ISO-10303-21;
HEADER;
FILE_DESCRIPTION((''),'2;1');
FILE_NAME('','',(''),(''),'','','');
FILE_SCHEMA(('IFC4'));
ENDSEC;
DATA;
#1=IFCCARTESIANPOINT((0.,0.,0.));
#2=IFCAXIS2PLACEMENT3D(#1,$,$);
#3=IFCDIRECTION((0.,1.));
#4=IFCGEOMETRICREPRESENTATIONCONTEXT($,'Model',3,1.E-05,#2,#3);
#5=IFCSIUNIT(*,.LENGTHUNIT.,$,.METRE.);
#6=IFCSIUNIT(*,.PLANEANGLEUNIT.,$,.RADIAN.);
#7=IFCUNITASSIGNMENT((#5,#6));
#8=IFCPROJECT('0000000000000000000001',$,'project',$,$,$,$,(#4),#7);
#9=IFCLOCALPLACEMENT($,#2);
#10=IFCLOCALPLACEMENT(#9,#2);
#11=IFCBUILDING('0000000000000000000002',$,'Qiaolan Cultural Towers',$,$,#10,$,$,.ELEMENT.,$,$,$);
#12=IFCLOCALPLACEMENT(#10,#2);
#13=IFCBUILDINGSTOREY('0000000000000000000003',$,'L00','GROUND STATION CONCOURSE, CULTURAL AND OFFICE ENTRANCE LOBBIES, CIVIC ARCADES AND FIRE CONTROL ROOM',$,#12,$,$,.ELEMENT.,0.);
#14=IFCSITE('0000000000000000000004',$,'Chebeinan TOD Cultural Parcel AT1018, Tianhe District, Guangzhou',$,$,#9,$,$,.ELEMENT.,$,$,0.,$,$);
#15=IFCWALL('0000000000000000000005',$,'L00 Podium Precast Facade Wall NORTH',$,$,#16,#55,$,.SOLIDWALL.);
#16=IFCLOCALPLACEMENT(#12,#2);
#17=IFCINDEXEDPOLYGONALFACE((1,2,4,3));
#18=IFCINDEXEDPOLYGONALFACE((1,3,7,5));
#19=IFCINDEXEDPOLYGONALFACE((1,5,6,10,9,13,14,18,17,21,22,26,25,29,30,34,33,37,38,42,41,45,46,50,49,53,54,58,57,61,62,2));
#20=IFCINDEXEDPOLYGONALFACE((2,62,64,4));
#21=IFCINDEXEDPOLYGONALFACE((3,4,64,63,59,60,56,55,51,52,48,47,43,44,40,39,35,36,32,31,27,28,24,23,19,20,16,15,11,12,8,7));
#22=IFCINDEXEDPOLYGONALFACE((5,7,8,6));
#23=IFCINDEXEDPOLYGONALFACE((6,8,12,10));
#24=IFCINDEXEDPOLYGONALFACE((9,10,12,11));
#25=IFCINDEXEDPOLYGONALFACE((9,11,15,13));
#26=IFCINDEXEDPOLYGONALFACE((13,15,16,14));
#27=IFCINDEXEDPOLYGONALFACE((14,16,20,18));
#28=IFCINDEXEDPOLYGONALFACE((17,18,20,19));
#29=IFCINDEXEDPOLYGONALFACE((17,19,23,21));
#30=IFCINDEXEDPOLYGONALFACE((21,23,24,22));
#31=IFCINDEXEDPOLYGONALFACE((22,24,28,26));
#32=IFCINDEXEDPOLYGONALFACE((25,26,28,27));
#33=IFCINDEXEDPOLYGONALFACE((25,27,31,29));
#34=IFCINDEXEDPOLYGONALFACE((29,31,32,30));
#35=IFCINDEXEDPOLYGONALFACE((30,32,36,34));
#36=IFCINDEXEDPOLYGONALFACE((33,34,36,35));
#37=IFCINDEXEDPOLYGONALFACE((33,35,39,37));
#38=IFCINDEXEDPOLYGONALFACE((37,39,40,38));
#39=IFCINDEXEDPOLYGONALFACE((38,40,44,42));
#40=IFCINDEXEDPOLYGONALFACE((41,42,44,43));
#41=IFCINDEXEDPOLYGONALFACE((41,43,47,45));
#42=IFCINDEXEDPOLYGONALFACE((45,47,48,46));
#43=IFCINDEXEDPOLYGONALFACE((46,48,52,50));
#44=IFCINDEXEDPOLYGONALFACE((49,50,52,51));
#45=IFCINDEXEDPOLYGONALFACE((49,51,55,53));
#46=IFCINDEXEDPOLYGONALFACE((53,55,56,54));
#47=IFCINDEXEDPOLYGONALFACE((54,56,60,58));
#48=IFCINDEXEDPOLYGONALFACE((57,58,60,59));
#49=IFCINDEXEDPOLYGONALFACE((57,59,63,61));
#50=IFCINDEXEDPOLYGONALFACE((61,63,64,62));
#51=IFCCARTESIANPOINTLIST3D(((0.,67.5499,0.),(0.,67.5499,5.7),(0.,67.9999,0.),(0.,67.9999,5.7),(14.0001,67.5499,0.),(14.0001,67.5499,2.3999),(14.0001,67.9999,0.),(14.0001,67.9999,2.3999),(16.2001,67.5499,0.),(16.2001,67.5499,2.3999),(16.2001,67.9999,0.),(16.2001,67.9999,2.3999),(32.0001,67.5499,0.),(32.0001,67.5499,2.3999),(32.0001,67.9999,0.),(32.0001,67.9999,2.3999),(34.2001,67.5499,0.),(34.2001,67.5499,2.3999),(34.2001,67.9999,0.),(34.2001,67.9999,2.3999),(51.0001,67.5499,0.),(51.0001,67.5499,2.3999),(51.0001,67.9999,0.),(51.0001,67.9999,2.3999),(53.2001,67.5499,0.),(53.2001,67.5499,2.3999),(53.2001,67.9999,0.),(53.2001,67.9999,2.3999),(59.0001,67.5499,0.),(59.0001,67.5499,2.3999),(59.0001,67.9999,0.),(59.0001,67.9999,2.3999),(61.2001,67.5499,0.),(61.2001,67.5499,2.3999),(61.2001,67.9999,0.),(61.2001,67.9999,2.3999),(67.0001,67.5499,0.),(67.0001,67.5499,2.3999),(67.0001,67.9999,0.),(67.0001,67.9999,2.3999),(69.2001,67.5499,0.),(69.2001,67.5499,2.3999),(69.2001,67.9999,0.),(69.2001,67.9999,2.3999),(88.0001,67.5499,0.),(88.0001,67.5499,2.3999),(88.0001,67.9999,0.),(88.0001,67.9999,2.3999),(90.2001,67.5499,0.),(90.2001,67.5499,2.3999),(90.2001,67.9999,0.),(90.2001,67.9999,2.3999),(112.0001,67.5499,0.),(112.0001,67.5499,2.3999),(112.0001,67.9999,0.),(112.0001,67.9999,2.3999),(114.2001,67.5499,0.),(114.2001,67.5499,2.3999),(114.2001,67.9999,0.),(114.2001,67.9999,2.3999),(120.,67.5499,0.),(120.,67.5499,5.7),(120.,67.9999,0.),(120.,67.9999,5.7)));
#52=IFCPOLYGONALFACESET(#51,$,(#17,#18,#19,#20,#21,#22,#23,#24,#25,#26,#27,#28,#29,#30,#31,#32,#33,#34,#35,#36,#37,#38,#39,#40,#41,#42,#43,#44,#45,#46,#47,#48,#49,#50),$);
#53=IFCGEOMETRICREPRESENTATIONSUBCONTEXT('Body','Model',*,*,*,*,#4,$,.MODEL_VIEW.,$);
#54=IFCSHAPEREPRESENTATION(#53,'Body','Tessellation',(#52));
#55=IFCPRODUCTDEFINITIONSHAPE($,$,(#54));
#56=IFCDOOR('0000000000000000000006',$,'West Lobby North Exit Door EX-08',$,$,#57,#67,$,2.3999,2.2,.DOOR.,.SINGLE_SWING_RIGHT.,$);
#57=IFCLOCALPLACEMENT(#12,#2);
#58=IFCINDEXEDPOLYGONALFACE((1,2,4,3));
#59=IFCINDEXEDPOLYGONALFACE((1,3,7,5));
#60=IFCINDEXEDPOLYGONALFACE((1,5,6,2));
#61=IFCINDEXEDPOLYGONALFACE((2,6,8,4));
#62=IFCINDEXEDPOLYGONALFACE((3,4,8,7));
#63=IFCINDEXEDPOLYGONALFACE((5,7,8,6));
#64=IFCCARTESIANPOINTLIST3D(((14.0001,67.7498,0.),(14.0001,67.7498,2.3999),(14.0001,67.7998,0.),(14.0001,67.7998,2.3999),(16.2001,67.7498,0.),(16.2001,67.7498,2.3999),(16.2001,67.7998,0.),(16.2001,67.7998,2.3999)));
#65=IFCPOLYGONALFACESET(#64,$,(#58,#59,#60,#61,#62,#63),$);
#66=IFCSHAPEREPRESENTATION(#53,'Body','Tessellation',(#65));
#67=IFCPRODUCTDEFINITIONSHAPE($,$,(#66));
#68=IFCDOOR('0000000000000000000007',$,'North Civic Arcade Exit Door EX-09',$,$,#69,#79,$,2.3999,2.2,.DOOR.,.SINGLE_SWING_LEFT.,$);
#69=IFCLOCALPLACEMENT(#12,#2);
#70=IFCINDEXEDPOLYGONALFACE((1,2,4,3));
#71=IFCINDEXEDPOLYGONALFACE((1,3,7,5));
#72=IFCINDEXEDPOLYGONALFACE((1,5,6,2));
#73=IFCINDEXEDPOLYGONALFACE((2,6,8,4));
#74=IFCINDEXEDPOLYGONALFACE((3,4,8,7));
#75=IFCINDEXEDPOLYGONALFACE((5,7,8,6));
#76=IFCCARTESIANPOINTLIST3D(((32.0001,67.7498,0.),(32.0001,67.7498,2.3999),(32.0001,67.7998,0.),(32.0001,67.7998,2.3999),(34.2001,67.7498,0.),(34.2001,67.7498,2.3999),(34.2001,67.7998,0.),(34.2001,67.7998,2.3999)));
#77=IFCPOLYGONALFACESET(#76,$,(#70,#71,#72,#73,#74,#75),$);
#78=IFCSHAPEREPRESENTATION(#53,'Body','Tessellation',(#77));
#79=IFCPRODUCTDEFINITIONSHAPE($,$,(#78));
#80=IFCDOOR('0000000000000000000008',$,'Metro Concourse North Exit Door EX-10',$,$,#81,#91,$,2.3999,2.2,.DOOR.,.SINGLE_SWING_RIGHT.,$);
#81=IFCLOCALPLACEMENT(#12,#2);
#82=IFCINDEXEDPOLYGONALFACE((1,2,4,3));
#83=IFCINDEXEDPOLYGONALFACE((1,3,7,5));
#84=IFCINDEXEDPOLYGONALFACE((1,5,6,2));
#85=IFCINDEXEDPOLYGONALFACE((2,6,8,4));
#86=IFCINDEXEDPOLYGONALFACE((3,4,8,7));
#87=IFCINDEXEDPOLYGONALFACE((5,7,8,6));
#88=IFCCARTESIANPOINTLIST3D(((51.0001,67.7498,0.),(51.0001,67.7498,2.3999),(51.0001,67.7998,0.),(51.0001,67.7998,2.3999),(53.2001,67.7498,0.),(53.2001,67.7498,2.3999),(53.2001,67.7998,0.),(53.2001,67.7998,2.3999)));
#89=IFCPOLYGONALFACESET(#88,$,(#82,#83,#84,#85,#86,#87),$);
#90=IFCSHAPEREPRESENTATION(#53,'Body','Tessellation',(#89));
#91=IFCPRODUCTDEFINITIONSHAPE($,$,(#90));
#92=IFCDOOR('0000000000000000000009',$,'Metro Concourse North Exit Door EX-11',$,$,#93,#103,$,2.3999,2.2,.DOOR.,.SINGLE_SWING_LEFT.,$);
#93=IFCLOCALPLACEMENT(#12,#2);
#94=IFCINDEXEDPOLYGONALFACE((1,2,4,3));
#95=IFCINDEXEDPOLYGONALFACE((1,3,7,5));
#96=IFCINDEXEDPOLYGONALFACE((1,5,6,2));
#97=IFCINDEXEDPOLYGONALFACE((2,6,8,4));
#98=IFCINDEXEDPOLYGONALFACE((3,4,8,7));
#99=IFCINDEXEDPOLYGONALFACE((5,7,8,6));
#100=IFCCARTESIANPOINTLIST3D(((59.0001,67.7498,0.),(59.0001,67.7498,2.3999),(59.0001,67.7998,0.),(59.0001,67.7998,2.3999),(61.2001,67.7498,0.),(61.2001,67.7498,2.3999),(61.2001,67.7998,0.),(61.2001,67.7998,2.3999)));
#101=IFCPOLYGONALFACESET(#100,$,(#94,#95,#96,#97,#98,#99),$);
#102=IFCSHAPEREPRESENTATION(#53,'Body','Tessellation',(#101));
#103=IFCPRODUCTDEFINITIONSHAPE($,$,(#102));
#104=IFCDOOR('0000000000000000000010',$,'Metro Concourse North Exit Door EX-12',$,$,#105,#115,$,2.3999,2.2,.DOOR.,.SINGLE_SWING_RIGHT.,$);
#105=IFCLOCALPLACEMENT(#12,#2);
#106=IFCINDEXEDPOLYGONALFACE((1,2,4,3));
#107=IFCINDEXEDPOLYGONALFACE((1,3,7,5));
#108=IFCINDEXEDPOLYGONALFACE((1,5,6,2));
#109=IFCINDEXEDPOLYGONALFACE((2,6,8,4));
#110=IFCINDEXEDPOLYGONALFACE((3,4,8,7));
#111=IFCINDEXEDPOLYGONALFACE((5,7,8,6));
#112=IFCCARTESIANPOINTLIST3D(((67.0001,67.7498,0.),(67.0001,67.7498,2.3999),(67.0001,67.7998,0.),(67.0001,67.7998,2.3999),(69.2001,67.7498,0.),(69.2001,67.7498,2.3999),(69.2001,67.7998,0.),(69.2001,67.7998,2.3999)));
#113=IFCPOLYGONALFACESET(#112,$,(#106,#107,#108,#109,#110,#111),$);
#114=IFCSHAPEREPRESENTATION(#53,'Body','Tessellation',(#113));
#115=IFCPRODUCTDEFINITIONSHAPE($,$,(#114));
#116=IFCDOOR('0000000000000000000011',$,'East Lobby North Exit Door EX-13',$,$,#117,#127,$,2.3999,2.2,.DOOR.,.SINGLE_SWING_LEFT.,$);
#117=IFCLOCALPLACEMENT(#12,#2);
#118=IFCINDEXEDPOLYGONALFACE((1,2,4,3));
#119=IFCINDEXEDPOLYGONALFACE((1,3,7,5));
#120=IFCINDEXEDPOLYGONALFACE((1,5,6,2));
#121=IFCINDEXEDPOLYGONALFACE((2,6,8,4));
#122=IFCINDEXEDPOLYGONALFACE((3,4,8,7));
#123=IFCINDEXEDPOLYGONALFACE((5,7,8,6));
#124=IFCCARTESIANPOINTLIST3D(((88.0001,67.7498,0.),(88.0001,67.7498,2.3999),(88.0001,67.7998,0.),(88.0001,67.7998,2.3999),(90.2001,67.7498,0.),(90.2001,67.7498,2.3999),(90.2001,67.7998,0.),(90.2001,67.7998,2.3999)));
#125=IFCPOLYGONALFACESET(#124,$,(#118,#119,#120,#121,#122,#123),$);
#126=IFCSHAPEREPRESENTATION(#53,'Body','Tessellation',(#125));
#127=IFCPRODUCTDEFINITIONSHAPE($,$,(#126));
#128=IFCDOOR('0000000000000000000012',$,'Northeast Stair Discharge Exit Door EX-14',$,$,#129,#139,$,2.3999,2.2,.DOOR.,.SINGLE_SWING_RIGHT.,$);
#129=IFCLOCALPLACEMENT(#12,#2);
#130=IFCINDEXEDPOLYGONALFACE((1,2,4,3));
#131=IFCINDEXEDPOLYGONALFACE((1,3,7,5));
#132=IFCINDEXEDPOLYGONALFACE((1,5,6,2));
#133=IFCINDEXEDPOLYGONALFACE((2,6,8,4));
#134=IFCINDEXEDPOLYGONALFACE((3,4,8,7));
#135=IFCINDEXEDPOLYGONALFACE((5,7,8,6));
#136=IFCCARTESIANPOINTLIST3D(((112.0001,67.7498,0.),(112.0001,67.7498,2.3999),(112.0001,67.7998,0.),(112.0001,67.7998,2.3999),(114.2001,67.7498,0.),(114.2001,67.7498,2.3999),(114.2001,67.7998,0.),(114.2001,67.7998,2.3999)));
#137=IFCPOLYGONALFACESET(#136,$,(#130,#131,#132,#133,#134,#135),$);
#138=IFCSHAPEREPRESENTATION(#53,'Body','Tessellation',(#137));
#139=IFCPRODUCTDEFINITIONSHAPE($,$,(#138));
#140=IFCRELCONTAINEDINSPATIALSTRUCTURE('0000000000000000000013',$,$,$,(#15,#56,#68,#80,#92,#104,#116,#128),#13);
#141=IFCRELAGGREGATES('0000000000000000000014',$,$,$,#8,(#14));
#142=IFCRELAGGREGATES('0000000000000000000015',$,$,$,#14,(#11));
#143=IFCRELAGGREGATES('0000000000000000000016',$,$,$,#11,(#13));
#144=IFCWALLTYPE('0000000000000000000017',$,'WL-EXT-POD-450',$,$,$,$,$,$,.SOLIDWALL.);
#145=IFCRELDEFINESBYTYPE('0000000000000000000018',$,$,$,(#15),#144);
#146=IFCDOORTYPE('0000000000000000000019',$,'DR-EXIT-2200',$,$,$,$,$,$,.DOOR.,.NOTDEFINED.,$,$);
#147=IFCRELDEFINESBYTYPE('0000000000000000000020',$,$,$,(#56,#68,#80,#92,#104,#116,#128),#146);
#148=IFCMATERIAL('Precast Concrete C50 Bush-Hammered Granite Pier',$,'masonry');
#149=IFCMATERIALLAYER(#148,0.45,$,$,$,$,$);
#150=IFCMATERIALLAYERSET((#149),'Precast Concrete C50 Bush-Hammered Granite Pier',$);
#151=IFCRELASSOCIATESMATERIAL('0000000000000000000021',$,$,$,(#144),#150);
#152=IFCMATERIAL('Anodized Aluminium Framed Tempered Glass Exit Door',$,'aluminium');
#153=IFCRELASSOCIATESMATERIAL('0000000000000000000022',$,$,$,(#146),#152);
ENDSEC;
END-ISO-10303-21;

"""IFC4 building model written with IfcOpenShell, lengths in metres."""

from ifc_helpers import new_model, si_unit, direction, frame, frame_2d, origin, place, context, subcontext, project, spatial, rectangle, extrude, material, layer, layer_set, type_object, element, fill, save


model = new_model("IFC4")

# Units and contexts
model_context = context("Model", 3, precision=1e-05, world=origin(), true_north=direction((0.0, 1.0)))
body_context = subcontext(model_context, "Body", "Model", "MODEL_VIEW")
ifc_project = project(units=[si_unit("LENGTHUNIT", "METRE"), si_unit("PLANEANGLEUNIT", "RADIAN")], contexts=[model_context])

# Site, building, storey
site_placement = place(None, origin())
site = spatial("IfcSite", under=ifc_project, at=site_placement, Name="Chebeinan TOD Cultural Parcel AT1018, Tianhe District, Guangzhou", CompositionType="ELEMENT", RefElevation=0.0)
building_placement = place(site_placement, origin())
building = spatial("IfcBuilding", under=site, at=building_placement, Name="Qiaolan Cultural Towers", CompositionType="ELEMENT")
storey_placement = place(building_placement, origin())
storey = spatial("IfcBuildingStorey", under=building, at=storey_placement, Name="L00", Description="GROUND STATION CONCOURSE, CULTURAL AND OFFICE ENTRANCE LOBBIES, CIVIC ARCADES AND FIRE CONTROL ROOM", CompositionType="ELEMENT", Elevation=0.0)

# Wall, openings, doors
ifc_material_1 = material(Name="Precast Concrete C50 Bush-Hammered Granite Pier", Category="masonry")
ifc_layer_1 = layer(ifc_material_1, 0.45)
ifc_layer_set_1 = layer_set([ifc_layer_1], Name="Precast Concrete C50 Bush-Hammered Granite Pier")
wall_type_1 = type_object("IfcWallType", Name="WL-EXT-POD-450", PredefinedType="SOLIDWALL", material=ifc_layer_set_1)
wall_1_placement = place(storey_placement, frame((0.0, 67.7749, 0.0), z_axis=(0.0, 0.0, 1.0), x_axis=(1.0, 0.0, 0.0)))
wall_1 = element("IfcWall", 1, at=wall_1_placement, inside=storey, type_object=wall_type_1, Name="L00 Podium Precast Facade Wall NORTH", PredefinedType="SOLIDWALL", context=body_context, shape_type="SweptSolid", body=[
    extrude(rectangle(XDim=120.0, YDim=0.45, at=frame_2d((60.0, 0.0))), origin(), (0.0, 0.0, 1.0), 5.7),
])
opening_1_placement = place(wall_1_placement, frame((14.0, 0.0, 0.0)))
opening_1 = element("IfcOpeningElement", 2, at=opening_1_placement, cuts=wall_1, PredefinedType="OPENING", context=body_context, shape_type="SweptSolid", body=[
    extrude(rectangle(XDim=2.2, YDim=2.3999, at=frame_2d((1.1001, 1.2))), frame((0.0, 0.2349, 0.0), z_axis=(0.0, -1.0, 0.0), x_axis=(1.0, 0.0, 0.0)), (0.0, 0.0, 1.0), 0.47),
])
opening_2_placement = place(wall_1_placement, frame((32.0, 0.0, 0.0)))
opening_2 = element("IfcOpeningElement", 3, at=opening_2_placement, cuts=wall_1, PredefinedType="OPENING", context=body_context, shape_type="SweptSolid", body=[
    extrude(rectangle(XDim=2.2, YDim=2.3999, at=frame_2d((1.1001, 1.2))), frame((0.0, 0.2349, 0.0), z_axis=(0.0, -1.0, 0.0), x_axis=(1.0, 0.0, 0.0)), (0.0, 0.0, 1.0), 0.47),
])
opening_3_placement = place(wall_1_placement, frame((51.0, 0.0, 0.0)))
opening_3 = element("IfcOpeningElement", 4, at=opening_3_placement, cuts=wall_1, PredefinedType="OPENING", context=body_context, shape_type="SweptSolid", body=[
    extrude(rectangle(XDim=2.2, YDim=2.3999, at=frame_2d((1.1001, 1.2))), frame((0.0, 0.2349, 0.0), z_axis=(0.0, -1.0, 0.0), x_axis=(1.0, 0.0, 0.0)), (0.0, 0.0, 1.0), 0.47),
])
opening_4_placement = place(wall_1_placement, frame((59.0, 0.0, 0.0)))
opening_4 = element("IfcOpeningElement", 5, at=opening_4_placement, cuts=wall_1, PredefinedType="OPENING", context=body_context, shape_type="SweptSolid", body=[
    extrude(rectangle(XDim=2.2, YDim=2.3999, at=frame_2d((1.1001, 1.2))), frame((0.0, 0.2349, 0.0), z_axis=(0.0, -1.0, 0.0), x_axis=(1.0, 0.0, 0.0)), (0.0, 0.0, 1.0), 0.47),
])
opening_5_placement = place(wall_1_placement, frame((67.0, 0.0, 0.0)))
opening_5 = element("IfcOpeningElement", 6, at=opening_5_placement, cuts=wall_1, PredefinedType="OPENING", context=body_context, shape_type="SweptSolid", body=[
    extrude(rectangle(XDim=2.2, YDim=2.3999, at=frame_2d((1.1001, 1.2))), frame((0.0, 0.2349, 0.0), z_axis=(0.0, -1.0, 0.0), x_axis=(1.0, 0.0, 0.0)), (0.0, 0.0, 1.0), 0.47),
])
opening_6_placement = place(wall_1_placement, frame((88.0, 0.0, 0.0)))
opening_6 = element("IfcOpeningElement", 7, at=opening_6_placement, cuts=wall_1, PredefinedType="OPENING", context=body_context, shape_type="SweptSolid", body=[
    extrude(rectangle(XDim=2.2, YDim=2.3999, at=frame_2d((1.1001, 1.2))), frame((0.0, 0.2349, 0.0), z_axis=(0.0, -1.0, 0.0), x_axis=(1.0, 0.0, 0.0)), (0.0, 0.0, 1.0), 0.47),
])
opening_7_placement = place(wall_1_placement, frame((112.0, 0.0, 0.0)))
opening_7 = element("IfcOpeningElement", 8, at=opening_7_placement, cuts=wall_1, PredefinedType="OPENING", context=body_context, shape_type="SweptSolid", body=[
    extrude(rectangle(XDim=2.2, YDim=2.3999, at=frame_2d((1.1001, 1.2))), frame((0.0, 0.2349, 0.0), z_axis=(0.0, -1.0, 0.0), x_axis=(1.0, 0.0, 0.0)), (0.0, 0.0, 1.0), 0.47),
])
ifc_material_2 = material(Name="Anodized Aluminium Framed Tempered Glass Exit Door", Category="aluminium")
door_type_1 = type_object("IfcDoorType", Name="DR-EXIT-2200", OperationType="NOTDEFINED", PredefinedType="DOOR", material=ifc_material_2)
door_1_placement = place(opening_1_placement, origin())
door_1 = element("IfcDoor", 9, at=door_1_placement, inside=storey, type_object=door_type_1, Name="West Lobby North Exit Door EX-08", OperationType="SINGLE_SWING_RIGHT", OverallHeight=2.3999, OverallWidth=2.2, PredefinedType="DOOR", context=body_context, shape_type="SweptSolid", body=[
    extrude(rectangle(XDim=2.2, YDim=2.3999, at=frame_2d((1.1001, 1.2))), frame((0.0, 0.0249, 0.0), z_axis=(0.0, -1.0, 0.0), x_axis=(1.0, 0.0, 0.0)), (0.0, 0.0, 1.0), 0.05),
])
fill(opening_1, door_1)
door_2_placement = place(opening_2_placement, origin())
door_2 = element("IfcDoor", 10, at=door_2_placement, inside=storey, type_object=door_type_1, Name="North Civic Arcade Exit Door EX-09", OperationType="SINGLE_SWING_LEFT", OverallHeight=2.3999, OverallWidth=2.2, PredefinedType="DOOR", context=body_context, shape_type="SweptSolid", body=[
    extrude(rectangle(XDim=2.2, YDim=2.3999, at=frame_2d((1.1001, 1.2))), frame((0.0, 0.0249, 0.0), z_axis=(0.0, -1.0, 0.0), x_axis=(1.0, 0.0, 0.0)), (0.0, 0.0, 1.0), 0.05),
])
fill(opening_2, door_2)
door_3_placement = place(opening_3_placement, origin())
door_3 = element("IfcDoor", 11, at=door_3_placement, inside=storey, type_object=door_type_1, Name="Metro Concourse North Exit Door EX-10", OperationType="SINGLE_SWING_RIGHT", OverallHeight=2.3999, OverallWidth=2.2, PredefinedType="DOOR", context=body_context, shape_type="SweptSolid", body=[
    extrude(rectangle(XDim=2.2, YDim=2.3999, at=frame_2d((1.1001, 1.2))), frame((0.0, 0.0249, 0.0), z_axis=(0.0, -1.0, 0.0), x_axis=(1.0, 0.0, 0.0)), (0.0, 0.0, 1.0), 0.05),
])
fill(opening_3, door_3)
door_4_placement = place(opening_4_placement, origin())
door_4 = element("IfcDoor", 12, at=door_4_placement, inside=storey, type_object=door_type_1, Name="Metro Concourse North Exit Door EX-11", OperationType="SINGLE_SWING_LEFT", OverallHeight=2.3999, OverallWidth=2.2, PredefinedType="DOOR", context=body_context, shape_type="SweptSolid", body=[
    extrude(rectangle(XDim=2.2, YDim=2.3999, at=frame_2d((1.1001, 1.2))), frame((0.0, 0.0249, 0.0), z_axis=(0.0, -1.0, 0.0), x_axis=(1.0, 0.0, 0.0)), (0.0, 0.0, 1.0), 0.05),
])
fill(opening_4, door_4)
door_5_placement = place(opening_5_placement, origin())
door_5 = element("IfcDoor", 13, at=door_5_placement, inside=storey, type_object=door_type_1, Name="Metro Concourse North Exit Door EX-12", OperationType="SINGLE_SWING_RIGHT", OverallHeight=2.3999, OverallWidth=2.2, PredefinedType="DOOR", context=body_context, shape_type="SweptSolid", body=[
    extrude(rectangle(XDim=2.2, YDim=2.3999, at=frame_2d((1.1001, 1.2))), frame((0.0, 0.0249, 0.0), z_axis=(0.0, -1.0, 0.0), x_axis=(1.0, 0.0, 0.0)), (0.0, 0.0, 1.0), 0.05),
])
fill(opening_5, door_5)
door_6_placement = place(opening_6_placement, origin())
door_6 = element("IfcDoor", 14, at=door_6_placement, inside=storey, type_object=door_type_1, Name="East Lobby North Exit Door EX-13", OperationType="SINGLE_SWING_LEFT", OverallHeight=2.3999, OverallWidth=2.2, PredefinedType="DOOR", context=body_context, shape_type="SweptSolid", body=[
    extrude(rectangle(XDim=2.2, YDim=2.3999, at=frame_2d((1.1001, 1.2))), frame((0.0, 0.0249, 0.0), z_axis=(0.0, -1.0, 0.0), x_axis=(1.0, 0.0, 0.0)), (0.0, 0.0, 1.0), 0.05),
])
fill(opening_6, door_6)
door_7_placement = place(opening_7_placement, origin())
door_7 = element("IfcDoor", 15, at=door_7_placement, inside=storey, type_object=door_type_1, Name="Northeast Stair Discharge Exit Door EX-14", OperationType="SINGLE_SWING_RIGHT", OverallHeight=2.3999, OverallWidth=2.2, PredefinedType="DOOR", context=body_context, shape_type="SweptSolid", body=[
    extrude(rectangle(XDim=2.2, YDim=2.3999, at=frame_2d((1.1001, 1.2))), frame((0.0, 0.0249, 0.0), z_axis=(0.0, -1.0, 0.0), x_axis=(1.0, 0.0, 0.0)), (0.0, 0.0, 1.0), 0.05),
])
fill(opening_7, door_7)

save(model, "model.ifc")
